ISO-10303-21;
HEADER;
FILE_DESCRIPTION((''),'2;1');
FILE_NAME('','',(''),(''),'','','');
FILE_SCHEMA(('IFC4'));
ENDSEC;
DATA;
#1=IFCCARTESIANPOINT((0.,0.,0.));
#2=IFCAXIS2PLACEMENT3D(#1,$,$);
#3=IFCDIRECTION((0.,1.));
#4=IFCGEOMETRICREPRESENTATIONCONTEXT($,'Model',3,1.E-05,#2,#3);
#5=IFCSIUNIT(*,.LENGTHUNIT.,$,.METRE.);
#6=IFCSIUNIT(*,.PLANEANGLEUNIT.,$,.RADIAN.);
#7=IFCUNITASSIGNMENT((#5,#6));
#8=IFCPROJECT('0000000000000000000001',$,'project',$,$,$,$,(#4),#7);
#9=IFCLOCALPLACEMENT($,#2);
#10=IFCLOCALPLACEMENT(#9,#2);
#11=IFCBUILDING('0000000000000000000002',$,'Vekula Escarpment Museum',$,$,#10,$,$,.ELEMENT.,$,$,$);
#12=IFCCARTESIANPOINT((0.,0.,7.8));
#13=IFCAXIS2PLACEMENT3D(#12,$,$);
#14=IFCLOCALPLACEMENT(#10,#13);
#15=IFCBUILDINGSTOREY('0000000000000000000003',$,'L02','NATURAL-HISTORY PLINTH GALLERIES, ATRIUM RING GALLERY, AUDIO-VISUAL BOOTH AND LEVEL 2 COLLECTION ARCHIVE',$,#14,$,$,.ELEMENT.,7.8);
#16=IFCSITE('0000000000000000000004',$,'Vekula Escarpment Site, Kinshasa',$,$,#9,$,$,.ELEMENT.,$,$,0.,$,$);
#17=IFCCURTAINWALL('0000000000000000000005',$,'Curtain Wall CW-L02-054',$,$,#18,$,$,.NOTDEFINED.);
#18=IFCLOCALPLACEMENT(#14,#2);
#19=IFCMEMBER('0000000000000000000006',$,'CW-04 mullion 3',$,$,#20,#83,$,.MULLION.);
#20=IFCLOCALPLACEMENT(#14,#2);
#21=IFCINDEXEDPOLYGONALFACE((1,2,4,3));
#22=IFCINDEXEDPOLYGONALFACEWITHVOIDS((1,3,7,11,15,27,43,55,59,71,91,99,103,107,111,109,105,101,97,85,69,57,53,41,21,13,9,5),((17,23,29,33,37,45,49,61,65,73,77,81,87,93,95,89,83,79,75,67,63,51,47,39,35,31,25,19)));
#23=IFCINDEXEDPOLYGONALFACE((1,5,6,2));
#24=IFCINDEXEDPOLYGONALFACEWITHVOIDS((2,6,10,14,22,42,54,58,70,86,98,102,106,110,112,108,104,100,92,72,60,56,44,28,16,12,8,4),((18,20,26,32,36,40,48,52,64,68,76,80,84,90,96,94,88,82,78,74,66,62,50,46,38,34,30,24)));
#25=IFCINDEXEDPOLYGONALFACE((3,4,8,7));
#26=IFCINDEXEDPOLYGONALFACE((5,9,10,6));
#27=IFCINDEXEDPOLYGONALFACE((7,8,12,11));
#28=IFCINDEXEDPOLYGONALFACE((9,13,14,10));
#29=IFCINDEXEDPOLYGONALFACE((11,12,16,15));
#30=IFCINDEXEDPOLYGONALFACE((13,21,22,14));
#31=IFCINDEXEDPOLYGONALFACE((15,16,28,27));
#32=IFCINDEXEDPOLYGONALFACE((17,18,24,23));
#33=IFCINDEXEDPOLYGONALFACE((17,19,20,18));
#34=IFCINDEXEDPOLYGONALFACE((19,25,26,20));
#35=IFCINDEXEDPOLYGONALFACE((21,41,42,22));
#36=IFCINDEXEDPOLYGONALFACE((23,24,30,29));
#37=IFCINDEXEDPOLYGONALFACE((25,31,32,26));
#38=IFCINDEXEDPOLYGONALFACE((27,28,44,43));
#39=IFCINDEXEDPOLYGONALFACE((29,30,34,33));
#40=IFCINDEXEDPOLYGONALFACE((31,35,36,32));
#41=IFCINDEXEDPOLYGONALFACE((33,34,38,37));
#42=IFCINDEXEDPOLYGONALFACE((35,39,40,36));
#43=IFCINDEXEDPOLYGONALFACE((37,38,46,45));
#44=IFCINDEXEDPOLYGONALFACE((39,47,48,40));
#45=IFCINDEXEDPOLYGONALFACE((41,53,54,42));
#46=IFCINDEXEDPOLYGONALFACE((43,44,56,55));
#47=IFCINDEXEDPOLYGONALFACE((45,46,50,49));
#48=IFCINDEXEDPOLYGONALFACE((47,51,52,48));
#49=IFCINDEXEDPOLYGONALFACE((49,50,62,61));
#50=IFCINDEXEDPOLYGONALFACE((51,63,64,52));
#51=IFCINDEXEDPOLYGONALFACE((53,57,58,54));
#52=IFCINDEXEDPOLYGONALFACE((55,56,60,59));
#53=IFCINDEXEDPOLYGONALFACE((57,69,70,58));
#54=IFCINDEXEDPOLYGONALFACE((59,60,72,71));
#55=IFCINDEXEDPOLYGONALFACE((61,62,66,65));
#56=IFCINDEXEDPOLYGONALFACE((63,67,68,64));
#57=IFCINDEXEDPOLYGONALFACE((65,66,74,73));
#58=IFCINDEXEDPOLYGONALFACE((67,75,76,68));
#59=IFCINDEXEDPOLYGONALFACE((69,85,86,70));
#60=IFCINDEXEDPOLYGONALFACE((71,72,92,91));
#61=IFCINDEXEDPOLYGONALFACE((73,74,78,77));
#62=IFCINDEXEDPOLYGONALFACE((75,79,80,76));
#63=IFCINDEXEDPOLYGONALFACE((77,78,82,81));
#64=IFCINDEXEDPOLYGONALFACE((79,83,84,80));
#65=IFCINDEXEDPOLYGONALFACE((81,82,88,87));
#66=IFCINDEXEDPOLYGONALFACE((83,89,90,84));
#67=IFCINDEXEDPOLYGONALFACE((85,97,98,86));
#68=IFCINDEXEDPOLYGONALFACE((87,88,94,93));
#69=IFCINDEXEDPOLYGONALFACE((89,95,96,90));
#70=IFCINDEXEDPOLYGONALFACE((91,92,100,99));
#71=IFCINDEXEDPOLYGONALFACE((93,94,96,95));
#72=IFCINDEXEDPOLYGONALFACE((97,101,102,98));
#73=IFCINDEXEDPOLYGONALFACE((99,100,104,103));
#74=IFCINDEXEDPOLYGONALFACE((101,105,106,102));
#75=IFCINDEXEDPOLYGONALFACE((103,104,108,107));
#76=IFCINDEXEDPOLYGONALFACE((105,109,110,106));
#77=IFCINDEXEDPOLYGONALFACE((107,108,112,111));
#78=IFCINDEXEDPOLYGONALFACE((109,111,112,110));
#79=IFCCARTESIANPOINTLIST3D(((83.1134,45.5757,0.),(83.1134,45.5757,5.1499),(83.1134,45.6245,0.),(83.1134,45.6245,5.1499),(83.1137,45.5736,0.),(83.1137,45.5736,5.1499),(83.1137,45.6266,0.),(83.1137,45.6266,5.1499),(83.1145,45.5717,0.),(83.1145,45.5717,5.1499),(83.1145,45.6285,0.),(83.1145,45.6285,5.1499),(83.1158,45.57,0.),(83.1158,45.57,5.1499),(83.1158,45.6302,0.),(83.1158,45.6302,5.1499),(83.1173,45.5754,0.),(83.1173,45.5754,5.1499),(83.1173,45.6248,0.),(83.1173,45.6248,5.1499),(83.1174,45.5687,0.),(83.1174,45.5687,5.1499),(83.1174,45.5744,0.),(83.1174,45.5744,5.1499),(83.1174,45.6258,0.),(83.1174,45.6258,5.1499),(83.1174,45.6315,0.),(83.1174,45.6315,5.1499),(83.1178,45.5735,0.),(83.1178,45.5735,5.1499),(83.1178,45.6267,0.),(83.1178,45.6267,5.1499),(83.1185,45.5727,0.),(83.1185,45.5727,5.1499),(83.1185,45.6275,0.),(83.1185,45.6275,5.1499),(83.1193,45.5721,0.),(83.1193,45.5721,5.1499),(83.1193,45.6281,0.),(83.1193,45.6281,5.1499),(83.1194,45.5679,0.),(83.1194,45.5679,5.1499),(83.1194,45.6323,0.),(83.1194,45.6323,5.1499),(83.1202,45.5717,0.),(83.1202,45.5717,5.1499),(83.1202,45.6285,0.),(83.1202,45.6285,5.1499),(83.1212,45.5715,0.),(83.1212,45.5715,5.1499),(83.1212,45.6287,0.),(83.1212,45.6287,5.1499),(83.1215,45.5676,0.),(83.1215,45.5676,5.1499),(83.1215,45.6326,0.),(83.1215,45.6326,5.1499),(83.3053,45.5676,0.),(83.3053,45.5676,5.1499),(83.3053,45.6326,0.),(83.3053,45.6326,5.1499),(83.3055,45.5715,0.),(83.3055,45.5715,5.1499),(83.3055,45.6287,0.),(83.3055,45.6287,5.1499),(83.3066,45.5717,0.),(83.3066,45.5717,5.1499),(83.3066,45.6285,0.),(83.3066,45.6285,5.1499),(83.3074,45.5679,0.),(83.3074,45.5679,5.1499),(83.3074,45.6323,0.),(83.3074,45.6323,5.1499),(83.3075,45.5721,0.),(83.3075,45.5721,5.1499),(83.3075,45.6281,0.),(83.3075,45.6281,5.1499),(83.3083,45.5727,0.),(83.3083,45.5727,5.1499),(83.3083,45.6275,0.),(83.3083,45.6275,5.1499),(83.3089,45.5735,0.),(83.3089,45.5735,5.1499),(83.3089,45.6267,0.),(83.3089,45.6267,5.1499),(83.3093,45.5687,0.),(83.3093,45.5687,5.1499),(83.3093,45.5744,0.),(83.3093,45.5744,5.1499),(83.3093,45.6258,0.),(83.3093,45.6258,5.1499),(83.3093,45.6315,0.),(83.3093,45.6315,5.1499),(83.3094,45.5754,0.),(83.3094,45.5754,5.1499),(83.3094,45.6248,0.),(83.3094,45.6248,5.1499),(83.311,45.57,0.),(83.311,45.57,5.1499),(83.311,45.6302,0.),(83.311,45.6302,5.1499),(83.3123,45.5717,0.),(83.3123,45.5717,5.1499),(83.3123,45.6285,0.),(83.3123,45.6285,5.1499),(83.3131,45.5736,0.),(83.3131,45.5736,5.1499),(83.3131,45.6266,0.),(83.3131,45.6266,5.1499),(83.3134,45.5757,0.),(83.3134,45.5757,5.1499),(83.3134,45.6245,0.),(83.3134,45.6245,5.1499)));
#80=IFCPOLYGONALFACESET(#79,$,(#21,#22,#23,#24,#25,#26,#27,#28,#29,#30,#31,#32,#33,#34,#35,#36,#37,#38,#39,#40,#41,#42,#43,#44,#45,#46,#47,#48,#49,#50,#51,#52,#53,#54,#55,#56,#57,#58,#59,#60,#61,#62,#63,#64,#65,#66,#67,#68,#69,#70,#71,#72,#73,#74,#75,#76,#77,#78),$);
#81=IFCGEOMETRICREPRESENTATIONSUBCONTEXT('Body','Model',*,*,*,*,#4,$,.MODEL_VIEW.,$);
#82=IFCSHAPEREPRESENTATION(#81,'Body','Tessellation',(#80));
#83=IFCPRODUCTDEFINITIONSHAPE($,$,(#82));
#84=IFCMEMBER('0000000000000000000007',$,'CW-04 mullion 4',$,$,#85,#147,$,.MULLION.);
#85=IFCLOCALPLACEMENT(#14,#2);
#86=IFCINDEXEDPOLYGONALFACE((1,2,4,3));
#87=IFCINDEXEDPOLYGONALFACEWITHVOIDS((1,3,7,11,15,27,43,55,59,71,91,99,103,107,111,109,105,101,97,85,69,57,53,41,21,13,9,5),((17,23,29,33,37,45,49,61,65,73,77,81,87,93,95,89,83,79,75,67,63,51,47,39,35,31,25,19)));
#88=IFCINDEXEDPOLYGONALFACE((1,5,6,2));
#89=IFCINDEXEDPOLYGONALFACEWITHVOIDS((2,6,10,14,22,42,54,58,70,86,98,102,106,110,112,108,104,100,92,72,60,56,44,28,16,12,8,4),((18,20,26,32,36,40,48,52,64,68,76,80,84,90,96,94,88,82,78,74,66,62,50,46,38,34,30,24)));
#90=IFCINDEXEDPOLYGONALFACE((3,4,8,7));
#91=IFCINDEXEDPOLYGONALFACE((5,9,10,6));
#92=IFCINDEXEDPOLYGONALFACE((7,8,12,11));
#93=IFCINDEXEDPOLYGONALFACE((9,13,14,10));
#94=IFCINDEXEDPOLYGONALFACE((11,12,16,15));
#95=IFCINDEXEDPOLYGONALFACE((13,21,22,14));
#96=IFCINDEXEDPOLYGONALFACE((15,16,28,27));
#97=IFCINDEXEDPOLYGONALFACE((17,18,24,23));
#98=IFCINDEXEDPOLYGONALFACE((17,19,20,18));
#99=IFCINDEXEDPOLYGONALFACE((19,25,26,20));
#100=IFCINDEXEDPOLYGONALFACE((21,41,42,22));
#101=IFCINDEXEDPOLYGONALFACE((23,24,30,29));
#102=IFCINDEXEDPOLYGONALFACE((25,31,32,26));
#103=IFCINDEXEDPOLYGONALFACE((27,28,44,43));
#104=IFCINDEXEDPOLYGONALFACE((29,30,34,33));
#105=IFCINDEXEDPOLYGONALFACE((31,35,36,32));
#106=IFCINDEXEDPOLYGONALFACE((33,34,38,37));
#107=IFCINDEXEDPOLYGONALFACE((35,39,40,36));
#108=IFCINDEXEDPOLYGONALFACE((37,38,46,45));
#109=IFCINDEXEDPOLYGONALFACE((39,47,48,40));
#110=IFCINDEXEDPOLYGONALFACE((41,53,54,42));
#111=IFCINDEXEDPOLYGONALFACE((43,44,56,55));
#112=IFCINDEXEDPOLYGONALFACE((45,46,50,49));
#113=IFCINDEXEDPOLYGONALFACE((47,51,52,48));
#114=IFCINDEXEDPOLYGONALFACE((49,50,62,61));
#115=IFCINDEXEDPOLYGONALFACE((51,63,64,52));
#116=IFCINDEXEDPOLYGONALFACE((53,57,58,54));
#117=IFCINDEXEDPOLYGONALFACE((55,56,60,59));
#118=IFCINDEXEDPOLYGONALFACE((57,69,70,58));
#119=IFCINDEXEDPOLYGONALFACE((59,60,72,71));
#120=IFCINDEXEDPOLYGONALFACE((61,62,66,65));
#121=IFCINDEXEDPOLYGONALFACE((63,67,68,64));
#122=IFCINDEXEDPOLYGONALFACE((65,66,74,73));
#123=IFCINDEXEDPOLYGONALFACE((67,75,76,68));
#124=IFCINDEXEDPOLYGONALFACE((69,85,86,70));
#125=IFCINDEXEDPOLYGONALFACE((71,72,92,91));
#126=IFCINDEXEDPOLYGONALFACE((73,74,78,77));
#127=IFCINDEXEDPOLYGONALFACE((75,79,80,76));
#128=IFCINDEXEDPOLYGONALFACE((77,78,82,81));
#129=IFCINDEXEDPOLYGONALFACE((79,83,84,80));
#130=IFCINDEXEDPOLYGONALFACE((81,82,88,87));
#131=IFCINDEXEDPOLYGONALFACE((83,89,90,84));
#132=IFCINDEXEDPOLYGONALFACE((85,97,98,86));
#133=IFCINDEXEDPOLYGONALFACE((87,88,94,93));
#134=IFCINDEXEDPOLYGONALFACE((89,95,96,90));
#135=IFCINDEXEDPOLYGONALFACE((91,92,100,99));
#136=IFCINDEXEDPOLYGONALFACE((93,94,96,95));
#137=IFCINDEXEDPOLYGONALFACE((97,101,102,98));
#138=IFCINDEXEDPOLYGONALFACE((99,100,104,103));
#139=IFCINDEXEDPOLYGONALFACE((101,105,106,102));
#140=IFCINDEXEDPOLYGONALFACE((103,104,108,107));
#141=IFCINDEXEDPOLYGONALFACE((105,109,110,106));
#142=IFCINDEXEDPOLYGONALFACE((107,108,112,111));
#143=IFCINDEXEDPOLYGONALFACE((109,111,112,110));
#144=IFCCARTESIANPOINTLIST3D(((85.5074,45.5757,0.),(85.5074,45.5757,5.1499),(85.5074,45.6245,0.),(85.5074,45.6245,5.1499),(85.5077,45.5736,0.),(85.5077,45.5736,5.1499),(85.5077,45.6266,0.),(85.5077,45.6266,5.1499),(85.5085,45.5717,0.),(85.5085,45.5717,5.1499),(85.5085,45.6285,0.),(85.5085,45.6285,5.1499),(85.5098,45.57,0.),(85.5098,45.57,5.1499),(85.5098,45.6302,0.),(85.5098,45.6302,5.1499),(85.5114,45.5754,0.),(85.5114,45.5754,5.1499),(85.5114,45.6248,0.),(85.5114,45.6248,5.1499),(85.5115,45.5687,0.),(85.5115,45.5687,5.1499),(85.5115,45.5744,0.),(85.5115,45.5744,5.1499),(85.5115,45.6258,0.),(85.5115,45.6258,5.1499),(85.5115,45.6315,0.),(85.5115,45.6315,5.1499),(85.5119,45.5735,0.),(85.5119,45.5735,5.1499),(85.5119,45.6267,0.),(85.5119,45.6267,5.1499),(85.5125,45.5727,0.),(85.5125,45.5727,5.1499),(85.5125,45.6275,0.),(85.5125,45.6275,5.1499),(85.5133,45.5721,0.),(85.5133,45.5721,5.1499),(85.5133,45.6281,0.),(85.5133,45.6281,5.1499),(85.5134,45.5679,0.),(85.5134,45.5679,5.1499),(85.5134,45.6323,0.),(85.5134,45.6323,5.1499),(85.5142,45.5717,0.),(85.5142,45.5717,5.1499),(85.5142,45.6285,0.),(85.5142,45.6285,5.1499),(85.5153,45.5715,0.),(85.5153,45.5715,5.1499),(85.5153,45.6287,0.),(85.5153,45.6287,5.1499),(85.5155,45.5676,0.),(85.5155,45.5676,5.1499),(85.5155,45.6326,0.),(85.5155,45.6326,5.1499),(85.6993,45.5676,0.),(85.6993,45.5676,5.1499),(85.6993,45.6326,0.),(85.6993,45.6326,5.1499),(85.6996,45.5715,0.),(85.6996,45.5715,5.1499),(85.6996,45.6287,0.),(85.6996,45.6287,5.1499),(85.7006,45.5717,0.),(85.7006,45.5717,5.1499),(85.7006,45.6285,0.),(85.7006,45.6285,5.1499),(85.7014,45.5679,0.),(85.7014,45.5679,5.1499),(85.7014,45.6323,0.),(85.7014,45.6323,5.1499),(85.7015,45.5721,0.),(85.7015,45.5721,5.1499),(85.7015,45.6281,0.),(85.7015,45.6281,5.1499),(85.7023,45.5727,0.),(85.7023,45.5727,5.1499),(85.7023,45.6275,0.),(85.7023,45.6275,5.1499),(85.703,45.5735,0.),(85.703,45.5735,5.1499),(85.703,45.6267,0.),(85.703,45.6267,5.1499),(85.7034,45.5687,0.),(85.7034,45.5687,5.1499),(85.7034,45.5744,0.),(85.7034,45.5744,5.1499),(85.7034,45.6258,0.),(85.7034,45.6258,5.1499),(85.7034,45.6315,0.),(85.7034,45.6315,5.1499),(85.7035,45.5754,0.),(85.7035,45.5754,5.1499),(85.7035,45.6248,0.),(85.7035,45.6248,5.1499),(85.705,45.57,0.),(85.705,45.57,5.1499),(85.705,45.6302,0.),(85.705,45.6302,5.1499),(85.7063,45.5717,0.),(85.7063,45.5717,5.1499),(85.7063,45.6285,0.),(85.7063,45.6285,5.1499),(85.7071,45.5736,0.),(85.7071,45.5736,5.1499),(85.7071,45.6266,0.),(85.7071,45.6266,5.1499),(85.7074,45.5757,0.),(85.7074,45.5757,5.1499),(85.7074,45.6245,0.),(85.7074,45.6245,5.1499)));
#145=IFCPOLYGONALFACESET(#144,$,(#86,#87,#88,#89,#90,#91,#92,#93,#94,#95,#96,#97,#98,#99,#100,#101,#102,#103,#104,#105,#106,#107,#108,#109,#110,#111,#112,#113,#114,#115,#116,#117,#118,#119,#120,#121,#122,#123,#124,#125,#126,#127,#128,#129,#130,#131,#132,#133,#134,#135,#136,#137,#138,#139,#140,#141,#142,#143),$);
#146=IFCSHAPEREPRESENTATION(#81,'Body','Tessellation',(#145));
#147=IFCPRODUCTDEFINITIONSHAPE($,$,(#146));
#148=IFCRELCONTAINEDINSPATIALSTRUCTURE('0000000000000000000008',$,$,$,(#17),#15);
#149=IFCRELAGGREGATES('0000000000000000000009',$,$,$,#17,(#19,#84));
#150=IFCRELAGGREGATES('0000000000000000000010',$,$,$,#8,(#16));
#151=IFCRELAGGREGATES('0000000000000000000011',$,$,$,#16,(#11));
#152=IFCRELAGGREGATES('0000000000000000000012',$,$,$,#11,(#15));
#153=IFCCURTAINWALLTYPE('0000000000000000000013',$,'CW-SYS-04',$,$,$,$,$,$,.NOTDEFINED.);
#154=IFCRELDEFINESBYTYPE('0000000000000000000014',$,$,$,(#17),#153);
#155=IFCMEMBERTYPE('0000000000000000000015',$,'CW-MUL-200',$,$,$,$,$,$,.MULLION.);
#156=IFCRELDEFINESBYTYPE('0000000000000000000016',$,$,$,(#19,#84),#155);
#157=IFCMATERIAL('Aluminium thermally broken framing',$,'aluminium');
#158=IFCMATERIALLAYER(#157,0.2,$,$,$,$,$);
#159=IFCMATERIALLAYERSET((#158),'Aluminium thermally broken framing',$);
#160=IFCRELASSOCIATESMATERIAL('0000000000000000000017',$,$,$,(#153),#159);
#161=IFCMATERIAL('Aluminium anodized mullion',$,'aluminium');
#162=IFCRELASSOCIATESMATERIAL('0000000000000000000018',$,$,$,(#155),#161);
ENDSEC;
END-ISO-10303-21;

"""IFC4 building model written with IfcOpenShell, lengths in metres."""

from ifc_helpers import new_model, si_unit, direction, frame, origin, origin_2d, place, context, subcontext, project, spatial, hollow_rectangle, extrude, material, layer, layer_set, material_profile, profile_set, type_object, element, aggregate, save


model = new_model("IFC4")

# Units and contexts
model_context = context("Model", 3, precision=1e-05, world=origin(), true_north=direction((0.0, 1.0)))
body_context = subcontext(model_context, "Body", "Model", "MODEL_VIEW")
ifc_project = project(units=[si_unit("LENGTHUNIT", "METRE"), si_unit("PLANEANGLEUNIT", "RADIAN")], contexts=[model_context])

# Site, building, storey
site_placement = place(None, origin())
site = spatial("IfcSite", under=ifc_project, at=site_placement, Name="Vekula Escarpment Site, Kinshasa", CompositionType="ELEMENT", RefElevation=0.0)
building_placement = place(site_placement, origin())
building = spatial("IfcBuilding", under=site, at=building_placement, Name="Vekula Escarpment Museum", CompositionType="ELEMENT")
storey_placement = place(building_placement, frame((0.0, 0.0, 7.8)))
storey = spatial("IfcBuildingStorey", under=building, at=storey_placement, Name="L02", Description="NATURAL-HISTORY PLINTH GALLERIES, ATRIUM RING GALLERY, AUDIO-VISUAL BOOTH AND LEVEL 2 COLLECTION ARCHIVE", CompositionType="ELEMENT", Elevation=7.8)

# Curtain wall, members
ifc_material_1 = material(Name="Aluminium thermally broken framing", Category="aluminium")
ifc_layer_1 = layer(ifc_material_1, 0.2)
ifc_layer_set_1 = layer_set([ifc_layer_1], Name="Aluminium thermally broken framing")
curtain_wall_type_1 = type_object("IfcCurtainWallType", Name="CW-SYS-04", PredefinedType="NOTDEFINED", material=ifc_layer_set_1)
curtain_wall_1_placement = place(storey_placement, origin())
curtain_wall_1 = element("IfcCurtainWall", 1, at=curtain_wall_1_placement, inside=storey, type_object=curtain_wall_type_1, Name="Curtain Wall CW-L02-054", PredefinedType="NOTDEFINED")
ifc_material_2 = material(Name="Aluminium anodized mullion", Category="aluminium")
ifc_material_profile_1 = material_profile(ifc_material_2, hollow_rectangle(XDim=0.0649, YDim=0.2, WallThickness=0.0039, InnerFilletRadius=0.0039, OuterFilletRadius=0.0081, at=origin_2d()), Name="ALU 200x65x4")
ifc_profile_set_1 = profile_set([ifc_material_profile_1], Name="Aluminium anodized mullion")
member_type_1 = type_object("IfcMemberType", Name="CW-MUL-200", PredefinedType="MULLION", material=ifc_profile_set_1)
member_1_placement = place(storey_placement, frame((83.2134, 45.6001, 0.0), z_axis=(0.0, 0.0, 1.0), x_axis=(0.0, 1.0, 0.0)))
member_1 = element("IfcMember", 2, at=member_1_placement, type_object=member_type_1, Name="CW-04 mullion 3", PredefinedType="MULLION", context=body_context, shape_type="SweptSolid", body=[
    extrude(hollow_rectangle(XDim=0.0649, YDim=0.2, WallThickness=0.0039, InnerFilletRadius=0.0039, OuterFilletRadius=0.0081, at=origin_2d()), origin(), (0.0, 0.0, 1.0), 5.1499),
])
member_2_placement = place(storey_placement, frame((85.6074, 45.6001, 0.0), z_axis=(0.0, 0.0, 1.0), x_axis=(0.0, 1.0, 0.0)))
member_2 = element("IfcMember", 3, at=member_2_placement, type_object=member_type_1, Name="CW-04 mullion 4", PredefinedType="MULLION", context=body_context, shape_type="SweptSolid", body=[
    extrude(hollow_rectangle(XDim=0.0649, YDim=0.2, WallThickness=0.0039, InnerFilletRadius=0.0039, OuterFilletRadius=0.0081, at=origin_2d()), origin(), (0.0, 0.0, 1.0), 5.1499),
])

aggregate(curtain_wall_1, [member_1, member_2])

save(model, "model.ifc")
